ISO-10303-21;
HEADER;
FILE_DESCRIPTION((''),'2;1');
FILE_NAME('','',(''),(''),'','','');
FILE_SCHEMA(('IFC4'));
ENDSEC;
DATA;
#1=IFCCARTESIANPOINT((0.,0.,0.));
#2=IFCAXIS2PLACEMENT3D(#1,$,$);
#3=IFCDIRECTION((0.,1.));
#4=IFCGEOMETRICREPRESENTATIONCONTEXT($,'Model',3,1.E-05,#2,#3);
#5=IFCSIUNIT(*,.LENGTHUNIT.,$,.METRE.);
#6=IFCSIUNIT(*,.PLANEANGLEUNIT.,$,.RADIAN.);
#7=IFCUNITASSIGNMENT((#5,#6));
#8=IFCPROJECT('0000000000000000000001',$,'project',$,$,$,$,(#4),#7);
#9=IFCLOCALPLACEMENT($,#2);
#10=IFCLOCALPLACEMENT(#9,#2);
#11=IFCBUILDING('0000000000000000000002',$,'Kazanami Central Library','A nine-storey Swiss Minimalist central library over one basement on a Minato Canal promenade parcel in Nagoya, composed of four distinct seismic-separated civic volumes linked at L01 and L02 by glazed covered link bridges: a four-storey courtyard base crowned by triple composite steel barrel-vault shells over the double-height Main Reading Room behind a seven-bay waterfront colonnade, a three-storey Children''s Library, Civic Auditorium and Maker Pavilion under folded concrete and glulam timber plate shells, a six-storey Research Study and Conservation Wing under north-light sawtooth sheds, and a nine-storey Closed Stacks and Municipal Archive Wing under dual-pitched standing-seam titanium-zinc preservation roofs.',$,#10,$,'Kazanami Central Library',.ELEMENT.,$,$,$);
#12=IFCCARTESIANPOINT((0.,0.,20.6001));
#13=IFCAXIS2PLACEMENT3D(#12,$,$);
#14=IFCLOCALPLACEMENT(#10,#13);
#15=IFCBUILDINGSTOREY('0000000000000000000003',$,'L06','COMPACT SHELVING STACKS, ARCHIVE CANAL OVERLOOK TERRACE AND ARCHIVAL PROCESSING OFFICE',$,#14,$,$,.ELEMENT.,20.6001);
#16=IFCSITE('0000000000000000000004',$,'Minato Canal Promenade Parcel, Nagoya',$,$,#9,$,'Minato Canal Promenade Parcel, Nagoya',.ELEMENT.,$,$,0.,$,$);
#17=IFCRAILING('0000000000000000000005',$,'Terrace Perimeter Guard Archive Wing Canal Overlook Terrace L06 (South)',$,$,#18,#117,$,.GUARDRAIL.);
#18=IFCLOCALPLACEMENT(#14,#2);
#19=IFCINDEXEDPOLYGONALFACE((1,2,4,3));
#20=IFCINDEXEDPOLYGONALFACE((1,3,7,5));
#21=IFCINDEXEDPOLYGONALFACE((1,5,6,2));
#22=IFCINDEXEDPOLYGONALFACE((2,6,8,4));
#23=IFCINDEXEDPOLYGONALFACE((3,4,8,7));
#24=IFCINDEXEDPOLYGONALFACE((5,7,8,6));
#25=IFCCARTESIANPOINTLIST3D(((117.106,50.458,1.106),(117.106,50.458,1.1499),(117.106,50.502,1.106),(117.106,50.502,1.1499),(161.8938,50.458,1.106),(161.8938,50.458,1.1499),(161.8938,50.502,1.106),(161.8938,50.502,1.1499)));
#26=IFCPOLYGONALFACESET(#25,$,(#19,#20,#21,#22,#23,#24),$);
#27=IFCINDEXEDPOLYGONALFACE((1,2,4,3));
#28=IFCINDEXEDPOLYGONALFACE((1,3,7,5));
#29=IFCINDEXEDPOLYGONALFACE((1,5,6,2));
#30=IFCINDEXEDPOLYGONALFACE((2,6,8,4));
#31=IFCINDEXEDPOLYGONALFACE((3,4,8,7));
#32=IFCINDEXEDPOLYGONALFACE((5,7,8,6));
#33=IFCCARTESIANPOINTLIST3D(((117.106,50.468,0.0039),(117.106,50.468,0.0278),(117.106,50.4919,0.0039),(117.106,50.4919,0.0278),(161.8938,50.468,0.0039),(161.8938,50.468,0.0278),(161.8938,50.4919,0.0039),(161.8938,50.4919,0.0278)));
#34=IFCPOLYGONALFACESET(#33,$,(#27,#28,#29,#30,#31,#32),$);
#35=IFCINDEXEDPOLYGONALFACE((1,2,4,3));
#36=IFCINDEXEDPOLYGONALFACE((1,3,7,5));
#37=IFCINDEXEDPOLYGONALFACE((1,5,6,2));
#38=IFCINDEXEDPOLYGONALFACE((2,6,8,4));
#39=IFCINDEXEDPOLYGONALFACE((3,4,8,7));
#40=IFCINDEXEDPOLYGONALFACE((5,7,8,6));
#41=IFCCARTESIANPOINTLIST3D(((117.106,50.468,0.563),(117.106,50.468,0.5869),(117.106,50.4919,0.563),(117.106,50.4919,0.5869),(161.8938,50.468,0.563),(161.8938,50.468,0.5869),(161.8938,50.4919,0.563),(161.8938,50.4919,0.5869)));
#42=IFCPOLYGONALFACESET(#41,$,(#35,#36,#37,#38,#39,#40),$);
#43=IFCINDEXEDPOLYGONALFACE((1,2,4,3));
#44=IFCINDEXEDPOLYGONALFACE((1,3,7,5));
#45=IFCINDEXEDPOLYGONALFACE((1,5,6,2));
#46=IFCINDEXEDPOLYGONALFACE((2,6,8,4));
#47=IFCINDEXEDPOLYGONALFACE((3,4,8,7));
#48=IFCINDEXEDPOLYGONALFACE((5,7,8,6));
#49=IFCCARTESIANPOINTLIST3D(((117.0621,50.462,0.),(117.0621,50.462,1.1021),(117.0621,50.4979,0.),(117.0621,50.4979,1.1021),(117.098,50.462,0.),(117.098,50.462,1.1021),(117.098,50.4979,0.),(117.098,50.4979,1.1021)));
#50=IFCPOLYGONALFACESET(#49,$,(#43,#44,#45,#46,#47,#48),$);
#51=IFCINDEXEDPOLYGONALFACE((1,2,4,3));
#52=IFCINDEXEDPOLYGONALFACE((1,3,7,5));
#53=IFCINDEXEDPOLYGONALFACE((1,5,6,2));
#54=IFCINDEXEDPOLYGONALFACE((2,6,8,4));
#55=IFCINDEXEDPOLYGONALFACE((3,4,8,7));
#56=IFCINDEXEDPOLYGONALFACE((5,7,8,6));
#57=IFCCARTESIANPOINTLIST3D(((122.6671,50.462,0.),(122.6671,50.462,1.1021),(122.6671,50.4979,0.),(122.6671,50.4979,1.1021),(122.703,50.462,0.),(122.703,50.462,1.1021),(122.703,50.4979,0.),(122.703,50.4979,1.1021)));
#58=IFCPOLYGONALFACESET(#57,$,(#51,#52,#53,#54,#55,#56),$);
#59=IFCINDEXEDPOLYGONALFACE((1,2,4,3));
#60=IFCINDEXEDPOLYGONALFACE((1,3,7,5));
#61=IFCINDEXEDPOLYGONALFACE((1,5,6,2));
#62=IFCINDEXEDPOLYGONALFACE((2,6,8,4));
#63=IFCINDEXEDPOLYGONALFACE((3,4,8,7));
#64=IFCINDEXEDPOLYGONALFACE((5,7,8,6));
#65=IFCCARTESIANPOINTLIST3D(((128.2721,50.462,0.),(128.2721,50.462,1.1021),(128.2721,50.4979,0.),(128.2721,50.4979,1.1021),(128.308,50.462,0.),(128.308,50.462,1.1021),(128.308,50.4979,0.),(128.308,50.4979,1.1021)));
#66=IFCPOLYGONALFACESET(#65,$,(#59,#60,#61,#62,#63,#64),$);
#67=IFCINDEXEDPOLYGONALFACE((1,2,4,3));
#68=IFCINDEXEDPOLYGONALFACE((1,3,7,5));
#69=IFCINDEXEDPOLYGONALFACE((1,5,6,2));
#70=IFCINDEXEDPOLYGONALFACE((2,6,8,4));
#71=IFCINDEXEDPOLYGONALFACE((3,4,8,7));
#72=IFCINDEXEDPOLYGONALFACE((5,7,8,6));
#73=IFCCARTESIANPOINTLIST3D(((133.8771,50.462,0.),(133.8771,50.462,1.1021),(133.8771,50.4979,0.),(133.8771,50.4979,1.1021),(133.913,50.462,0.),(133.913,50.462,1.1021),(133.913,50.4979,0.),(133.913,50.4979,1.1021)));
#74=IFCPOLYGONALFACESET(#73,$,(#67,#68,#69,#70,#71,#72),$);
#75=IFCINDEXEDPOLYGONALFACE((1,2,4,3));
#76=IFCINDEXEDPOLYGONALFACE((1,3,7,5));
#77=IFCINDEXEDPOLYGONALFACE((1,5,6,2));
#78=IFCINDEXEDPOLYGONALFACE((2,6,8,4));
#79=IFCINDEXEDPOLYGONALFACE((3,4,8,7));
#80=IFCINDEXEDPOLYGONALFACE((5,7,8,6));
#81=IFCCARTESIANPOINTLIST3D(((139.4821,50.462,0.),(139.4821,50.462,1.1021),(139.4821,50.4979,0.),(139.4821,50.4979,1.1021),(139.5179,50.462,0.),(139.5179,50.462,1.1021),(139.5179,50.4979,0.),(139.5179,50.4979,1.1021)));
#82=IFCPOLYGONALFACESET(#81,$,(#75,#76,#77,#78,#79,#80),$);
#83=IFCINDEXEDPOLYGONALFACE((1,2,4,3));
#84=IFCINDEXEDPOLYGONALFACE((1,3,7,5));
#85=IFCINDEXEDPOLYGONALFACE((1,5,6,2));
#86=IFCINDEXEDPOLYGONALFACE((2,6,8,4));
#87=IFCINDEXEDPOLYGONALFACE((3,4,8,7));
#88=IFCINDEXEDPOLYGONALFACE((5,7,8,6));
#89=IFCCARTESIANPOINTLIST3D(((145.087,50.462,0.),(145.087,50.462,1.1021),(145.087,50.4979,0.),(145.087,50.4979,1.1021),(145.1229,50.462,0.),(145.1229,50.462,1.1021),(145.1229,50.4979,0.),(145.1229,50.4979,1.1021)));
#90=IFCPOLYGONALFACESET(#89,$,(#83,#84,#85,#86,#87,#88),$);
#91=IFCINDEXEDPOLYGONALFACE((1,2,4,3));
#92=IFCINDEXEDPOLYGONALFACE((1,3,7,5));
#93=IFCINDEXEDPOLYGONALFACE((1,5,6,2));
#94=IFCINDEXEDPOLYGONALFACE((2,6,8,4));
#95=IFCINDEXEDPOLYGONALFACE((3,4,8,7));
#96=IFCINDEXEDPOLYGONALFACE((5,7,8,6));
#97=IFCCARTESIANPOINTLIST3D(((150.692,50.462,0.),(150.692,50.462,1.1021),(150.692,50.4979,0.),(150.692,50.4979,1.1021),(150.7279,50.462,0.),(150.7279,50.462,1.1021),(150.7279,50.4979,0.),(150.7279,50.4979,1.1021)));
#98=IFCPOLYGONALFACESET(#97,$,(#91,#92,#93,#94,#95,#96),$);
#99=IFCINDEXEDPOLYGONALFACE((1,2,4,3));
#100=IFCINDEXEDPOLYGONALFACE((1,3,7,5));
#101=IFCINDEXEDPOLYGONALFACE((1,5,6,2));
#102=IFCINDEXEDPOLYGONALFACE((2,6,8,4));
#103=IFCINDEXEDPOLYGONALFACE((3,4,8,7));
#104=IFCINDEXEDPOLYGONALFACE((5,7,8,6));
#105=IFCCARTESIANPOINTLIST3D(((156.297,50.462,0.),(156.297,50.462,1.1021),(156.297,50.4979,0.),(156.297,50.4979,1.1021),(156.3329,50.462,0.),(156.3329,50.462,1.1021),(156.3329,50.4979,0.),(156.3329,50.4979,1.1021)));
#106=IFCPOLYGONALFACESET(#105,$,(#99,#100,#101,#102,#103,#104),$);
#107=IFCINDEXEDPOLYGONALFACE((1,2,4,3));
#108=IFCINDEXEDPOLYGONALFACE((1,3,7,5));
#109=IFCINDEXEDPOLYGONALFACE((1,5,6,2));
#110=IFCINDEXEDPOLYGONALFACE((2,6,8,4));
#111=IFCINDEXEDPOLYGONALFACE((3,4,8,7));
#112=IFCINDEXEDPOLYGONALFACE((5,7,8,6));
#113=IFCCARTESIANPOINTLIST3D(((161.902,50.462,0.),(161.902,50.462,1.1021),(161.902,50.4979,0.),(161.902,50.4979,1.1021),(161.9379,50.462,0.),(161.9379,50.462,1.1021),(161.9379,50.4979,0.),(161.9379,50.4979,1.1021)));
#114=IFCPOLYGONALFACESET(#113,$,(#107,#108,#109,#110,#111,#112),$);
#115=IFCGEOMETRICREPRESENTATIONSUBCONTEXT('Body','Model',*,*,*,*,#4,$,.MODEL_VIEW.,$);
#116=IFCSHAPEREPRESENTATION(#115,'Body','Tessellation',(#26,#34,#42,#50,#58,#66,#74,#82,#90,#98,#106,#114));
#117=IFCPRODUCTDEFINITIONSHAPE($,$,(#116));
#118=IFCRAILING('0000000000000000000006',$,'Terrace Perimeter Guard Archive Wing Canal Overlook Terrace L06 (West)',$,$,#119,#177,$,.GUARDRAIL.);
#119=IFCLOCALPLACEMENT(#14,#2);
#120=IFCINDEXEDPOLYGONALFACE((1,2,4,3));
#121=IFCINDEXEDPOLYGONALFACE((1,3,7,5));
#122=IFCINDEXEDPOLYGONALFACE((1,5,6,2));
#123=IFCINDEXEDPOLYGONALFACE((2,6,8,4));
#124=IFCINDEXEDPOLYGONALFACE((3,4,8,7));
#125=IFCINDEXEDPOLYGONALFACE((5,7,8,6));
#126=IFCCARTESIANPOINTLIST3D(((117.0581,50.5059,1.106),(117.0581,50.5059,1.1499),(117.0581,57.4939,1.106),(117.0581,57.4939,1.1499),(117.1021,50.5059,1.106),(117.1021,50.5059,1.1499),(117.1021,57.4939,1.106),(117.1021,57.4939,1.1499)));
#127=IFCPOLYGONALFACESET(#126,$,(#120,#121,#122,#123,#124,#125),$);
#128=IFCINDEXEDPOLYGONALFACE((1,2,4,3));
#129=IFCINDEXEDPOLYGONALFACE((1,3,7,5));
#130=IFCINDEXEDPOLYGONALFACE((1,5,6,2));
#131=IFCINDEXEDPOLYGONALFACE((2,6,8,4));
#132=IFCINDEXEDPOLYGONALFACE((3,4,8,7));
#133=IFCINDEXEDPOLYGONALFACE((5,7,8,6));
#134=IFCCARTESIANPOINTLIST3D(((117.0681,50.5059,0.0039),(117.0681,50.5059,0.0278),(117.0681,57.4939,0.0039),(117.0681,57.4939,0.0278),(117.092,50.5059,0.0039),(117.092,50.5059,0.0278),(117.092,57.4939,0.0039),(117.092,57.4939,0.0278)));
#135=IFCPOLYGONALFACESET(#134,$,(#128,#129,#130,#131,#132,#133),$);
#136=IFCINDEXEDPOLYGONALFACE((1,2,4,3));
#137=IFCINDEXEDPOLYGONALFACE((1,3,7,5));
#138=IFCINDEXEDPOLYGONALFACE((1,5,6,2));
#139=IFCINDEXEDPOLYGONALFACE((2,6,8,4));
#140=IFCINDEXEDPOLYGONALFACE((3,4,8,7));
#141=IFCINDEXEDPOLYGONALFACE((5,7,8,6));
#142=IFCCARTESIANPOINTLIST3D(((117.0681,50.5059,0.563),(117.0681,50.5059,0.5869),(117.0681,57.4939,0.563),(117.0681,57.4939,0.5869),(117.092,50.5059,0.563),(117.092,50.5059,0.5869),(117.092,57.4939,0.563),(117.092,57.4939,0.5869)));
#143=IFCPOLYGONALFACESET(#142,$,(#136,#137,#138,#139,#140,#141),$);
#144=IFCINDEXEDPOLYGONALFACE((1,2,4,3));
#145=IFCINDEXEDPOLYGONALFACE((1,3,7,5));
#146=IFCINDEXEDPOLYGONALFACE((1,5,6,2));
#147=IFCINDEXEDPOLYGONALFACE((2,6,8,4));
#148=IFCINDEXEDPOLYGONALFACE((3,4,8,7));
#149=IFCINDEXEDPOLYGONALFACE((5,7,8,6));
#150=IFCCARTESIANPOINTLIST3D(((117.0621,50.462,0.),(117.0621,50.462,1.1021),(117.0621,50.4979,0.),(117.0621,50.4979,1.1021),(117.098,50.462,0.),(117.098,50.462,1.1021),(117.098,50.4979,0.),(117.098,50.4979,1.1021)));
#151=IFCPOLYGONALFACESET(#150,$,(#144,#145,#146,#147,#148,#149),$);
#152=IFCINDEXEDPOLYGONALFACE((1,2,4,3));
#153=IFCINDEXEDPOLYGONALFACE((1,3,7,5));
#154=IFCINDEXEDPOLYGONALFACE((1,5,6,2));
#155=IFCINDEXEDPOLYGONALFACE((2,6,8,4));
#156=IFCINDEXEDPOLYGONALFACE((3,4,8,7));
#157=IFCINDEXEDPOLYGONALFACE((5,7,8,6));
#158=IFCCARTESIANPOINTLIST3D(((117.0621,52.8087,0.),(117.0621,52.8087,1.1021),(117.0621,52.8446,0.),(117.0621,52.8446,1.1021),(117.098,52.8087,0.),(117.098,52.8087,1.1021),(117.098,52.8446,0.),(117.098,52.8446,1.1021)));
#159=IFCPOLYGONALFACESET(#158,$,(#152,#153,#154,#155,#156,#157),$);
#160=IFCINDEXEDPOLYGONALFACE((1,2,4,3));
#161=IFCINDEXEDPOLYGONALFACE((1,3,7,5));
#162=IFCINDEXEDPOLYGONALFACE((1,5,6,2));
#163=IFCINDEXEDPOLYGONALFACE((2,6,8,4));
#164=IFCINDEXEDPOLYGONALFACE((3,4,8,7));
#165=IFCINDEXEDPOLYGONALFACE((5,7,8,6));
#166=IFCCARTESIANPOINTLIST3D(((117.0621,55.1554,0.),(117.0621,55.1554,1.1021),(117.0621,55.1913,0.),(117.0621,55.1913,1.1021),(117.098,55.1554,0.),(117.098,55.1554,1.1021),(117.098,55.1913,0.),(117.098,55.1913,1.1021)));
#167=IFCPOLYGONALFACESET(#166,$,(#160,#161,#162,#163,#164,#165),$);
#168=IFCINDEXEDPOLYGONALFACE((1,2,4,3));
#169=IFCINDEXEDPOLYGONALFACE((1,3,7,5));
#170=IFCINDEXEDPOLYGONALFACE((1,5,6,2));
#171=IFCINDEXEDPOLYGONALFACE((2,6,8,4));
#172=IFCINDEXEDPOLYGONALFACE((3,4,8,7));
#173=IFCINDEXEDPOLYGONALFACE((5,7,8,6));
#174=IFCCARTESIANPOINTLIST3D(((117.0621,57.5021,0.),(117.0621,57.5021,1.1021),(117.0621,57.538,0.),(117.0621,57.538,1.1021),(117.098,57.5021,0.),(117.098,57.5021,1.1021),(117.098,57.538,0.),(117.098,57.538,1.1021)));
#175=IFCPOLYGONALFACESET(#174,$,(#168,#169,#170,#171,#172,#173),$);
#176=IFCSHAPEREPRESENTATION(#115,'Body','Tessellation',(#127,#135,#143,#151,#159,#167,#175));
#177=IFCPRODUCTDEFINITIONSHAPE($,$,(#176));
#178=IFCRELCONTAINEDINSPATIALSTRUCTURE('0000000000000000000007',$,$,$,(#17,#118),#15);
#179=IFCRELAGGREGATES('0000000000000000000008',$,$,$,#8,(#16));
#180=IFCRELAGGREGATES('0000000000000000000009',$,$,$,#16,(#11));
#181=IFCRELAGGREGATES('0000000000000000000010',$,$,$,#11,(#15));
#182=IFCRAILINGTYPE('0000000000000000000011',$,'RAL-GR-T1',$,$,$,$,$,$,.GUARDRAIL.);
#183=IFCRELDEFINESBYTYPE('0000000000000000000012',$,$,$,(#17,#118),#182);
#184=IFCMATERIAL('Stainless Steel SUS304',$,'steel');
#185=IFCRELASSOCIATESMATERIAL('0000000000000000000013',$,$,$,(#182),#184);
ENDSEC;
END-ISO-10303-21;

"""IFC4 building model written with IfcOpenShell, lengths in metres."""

from ifc_helpers import new_model, si_unit, direction, frame, origin, origin_2d, place, context, subcontext, project, spatial, rectangle, extrude, material, type_object, element, save


model = new_model("IFC4")

# Units and contexts
model_context = context("Model", 3, precision=1e-05, world=origin(), true_north=direction((0.0, 1.0)))
body_context = subcontext(model_context, "Body", "Model", "MODEL_VIEW")
ifc_project = project(units=[si_unit("LENGTHUNIT", "METRE"), si_unit("PLANEANGLEUNIT", "RADIAN")], contexts=[model_context])

# Site, building, storey
site_placement = place(None, origin())
site = spatial("IfcSite", under=ifc_project, at=site_placement, Name="Minato Canal Promenade Parcel, Nagoya", LongName="Minato Canal Promenade Parcel, Nagoya", CompositionType="ELEMENT", RefElevation=0.0)
building_placement = place(site_placement, origin())
building = spatial("IfcBuilding", under=site, at=building_placement, Name="Kazanami Central Library", Description="A nine-storey Swiss Minimalist central library over one basement on a Minato Canal promenade parcel in Nagoya, composed of four distinct seismic-separated civic volumes linked at L01 and L02 by glazed covered link bridges: a four-storey courtyard base crowned by triple composite steel barrel-vault shells over the double-height Main Reading Room behind a seven-bay waterfront colonnade, a three-storey Children's Library, Civic Auditorium and Maker Pavilion under folded concrete and glulam timber plate shells, a six-storey Research Study and Conservation Wing under north-light sawtooth sheds, and a nine-storey Closed Stacks and Municipal Archive Wing under dual-pitched standing-seam titanium-zinc preservation roofs.", LongName="Kazanami Central Library", CompositionType="ELEMENT")
storey_placement = place(building_placement, frame((0.0, 0.0, 20.6001)))
storey = spatial("IfcBuildingStorey", under=building, at=storey_placement, Name="L06", Description="COMPACT SHELVING STACKS, ARCHIVE CANAL OVERLOOK TERRACE AND ARCHIVAL PROCESSING OFFICE", CompositionType="ELEMENT", Elevation=20.6001)

# Railings
ifc_material_1 = material(Name="Stainless Steel SUS304", Category="steel")
railing_type = type_object("IfcRailingType", Name="RAL-GR-T1", PredefinedType="GUARDRAIL", material=ifc_material_1)
railing_1_placement = place(storey_placement, frame((117.0801, 50.48, 0.0)))
element("IfcRailing", 1, at=railing_1_placement, inside=storey, type_object=railing_type, Name="Terrace Perimeter Guard Archive Wing Canal Overlook Terrace L06 (South)", PredefinedType="GUARDRAIL", context=body_context, shape_type="SweptSolid", body=[
    extrude(rectangle(XDim=0.0439, YDim=0.0439, at=origin_2d()), frame((0.0259, 0.0, 1.1279), z_axis=(1.0, 0.0, 0.0), x_axis=(0.0, 1.0, 0.0)), (0.0, 0.0, 1.0), 44.7878),
    extrude(rectangle(XDim=0.0239, YDim=0.0239, at=origin_2d()), frame((0.0259, 0.0, 0.0159), z_axis=(1.0, 0.0, 0.0), x_axis=(0.0, 1.0, 0.0)), (0.0, 0.0, 1.0), 44.7878),
    extrude(rectangle(XDim=0.0239, YDim=0.0239, at=origin_2d()), frame((0.0259, 0.0, 0.575), z_axis=(1.0, 0.0, 0.0), x_axis=(0.0, 1.0, 0.0)), (0.0, 0.0, 1.0), 44.7878),
    extrude(rectangle(XDim=0.0359, YDim=0.0359, at=origin_2d()), origin(), (0.0, 0.0, 1.0), 1.1021),
    extrude(rectangle(XDim=0.0359, YDim=0.0359, at=origin_2d()), frame((5.605, 0.0, 0.0)), (0.0, 0.0, 1.0), 1.1021),
    extrude(rectangle(XDim=0.0359, YDim=0.0359, at=origin_2d()), frame((11.21, 0.0, 0.0)), (0.0, 0.0, 1.0), 1.1021),
    extrude(rectangle(XDim=0.0359, YDim=0.0359, at=origin_2d()), frame((16.8149, 0.0, 0.0)), (0.0, 0.0, 1.0), 1.1021),
    extrude(rectangle(XDim=0.0359, YDim=0.0359, at=origin_2d()), frame((22.4199, 0.0, 0.0)), (0.0, 0.0, 1.0), 1.1021),
    extrude(rectangle(XDim=0.0359, YDim=0.0359, at=origin_2d()), frame((28.0249, 0.0, 0.0)), (0.0, 0.0, 1.0), 1.1021),
    extrude(rectangle(XDim=0.0359, YDim=0.0359, at=origin_2d()), frame((33.6299, 0.0, 0.0)), (0.0, 0.0, 1.0), 1.1021),
    extrude(rectangle(XDim=0.0359, YDim=0.0359, at=origin_2d()), frame((39.2349, 0.0, 0.0)), (0.0, 0.0, 1.0), 1.1021),
    extrude(rectangle(XDim=0.0359, YDim=0.0359, at=origin_2d()), frame((44.8398, 0.0, 0.0)), (0.0, 0.0, 1.0), 1.1021),
])
railing_2_placement = place(storey_placement, frame((117.0801, 50.48, 0.0)))
element("IfcRailing", 2, at=railing_2_placement, inside=storey, type_object=railing_type, Name="Terrace Perimeter Guard Archive Wing Canal Overlook Terrace L06 (West)", PredefinedType="GUARDRAIL", context=body_context, shape_type="SweptSolid", body=[
    extrude(rectangle(XDim=0.0439, YDim=0.0439, at=origin_2d()), frame((0.0, 0.0259, 1.1279), z_axis=(0.0, 1.0, 0.0), x_axis=(-1.0, 0.0, 0.0)), (0.0, 0.0, 1.0), 6.988),
    extrude(rectangle(XDim=0.0239, YDim=0.0239, at=origin_2d()), frame((0.0, 0.0259, 0.0159), z_axis=(0.0, 1.0, 0.0), x_axis=(-1.0, 0.0, 0.0)), (0.0, 0.0, 1.0), 6.988),
    extrude(rectangle(XDim=0.0239, YDim=0.0239, at=origin_2d()), frame((0.0, 0.0259, 0.575), z_axis=(0.0, 1.0, 0.0), x_axis=(-1.0, 0.0, 0.0)), (0.0, 0.0, 1.0), 6.988),
    extrude(rectangle(XDim=0.0359, YDim=0.0359, at=origin_2d()), origin(), (0.0, 0.0, 1.0), 1.1021),
    extrude(rectangle(XDim=0.0359, YDim=0.0359, at=origin_2d()), frame((0.0, 2.3467, 0.0)), (0.0, 0.0, 1.0), 1.1021),
    extrude(rectangle(XDim=0.0359, YDim=0.0359, at=origin_2d()), frame((0.0, 4.6934, 0.0)), (0.0, 0.0, 1.0), 1.1021),
    extrude(rectangle(XDim=0.0359, YDim=0.0359, at=origin_2d()), frame((0.0, 7.04, 0.0)), (0.0, 0.0, 1.0), 1.1021),
])

save(model, "model.ifc")
